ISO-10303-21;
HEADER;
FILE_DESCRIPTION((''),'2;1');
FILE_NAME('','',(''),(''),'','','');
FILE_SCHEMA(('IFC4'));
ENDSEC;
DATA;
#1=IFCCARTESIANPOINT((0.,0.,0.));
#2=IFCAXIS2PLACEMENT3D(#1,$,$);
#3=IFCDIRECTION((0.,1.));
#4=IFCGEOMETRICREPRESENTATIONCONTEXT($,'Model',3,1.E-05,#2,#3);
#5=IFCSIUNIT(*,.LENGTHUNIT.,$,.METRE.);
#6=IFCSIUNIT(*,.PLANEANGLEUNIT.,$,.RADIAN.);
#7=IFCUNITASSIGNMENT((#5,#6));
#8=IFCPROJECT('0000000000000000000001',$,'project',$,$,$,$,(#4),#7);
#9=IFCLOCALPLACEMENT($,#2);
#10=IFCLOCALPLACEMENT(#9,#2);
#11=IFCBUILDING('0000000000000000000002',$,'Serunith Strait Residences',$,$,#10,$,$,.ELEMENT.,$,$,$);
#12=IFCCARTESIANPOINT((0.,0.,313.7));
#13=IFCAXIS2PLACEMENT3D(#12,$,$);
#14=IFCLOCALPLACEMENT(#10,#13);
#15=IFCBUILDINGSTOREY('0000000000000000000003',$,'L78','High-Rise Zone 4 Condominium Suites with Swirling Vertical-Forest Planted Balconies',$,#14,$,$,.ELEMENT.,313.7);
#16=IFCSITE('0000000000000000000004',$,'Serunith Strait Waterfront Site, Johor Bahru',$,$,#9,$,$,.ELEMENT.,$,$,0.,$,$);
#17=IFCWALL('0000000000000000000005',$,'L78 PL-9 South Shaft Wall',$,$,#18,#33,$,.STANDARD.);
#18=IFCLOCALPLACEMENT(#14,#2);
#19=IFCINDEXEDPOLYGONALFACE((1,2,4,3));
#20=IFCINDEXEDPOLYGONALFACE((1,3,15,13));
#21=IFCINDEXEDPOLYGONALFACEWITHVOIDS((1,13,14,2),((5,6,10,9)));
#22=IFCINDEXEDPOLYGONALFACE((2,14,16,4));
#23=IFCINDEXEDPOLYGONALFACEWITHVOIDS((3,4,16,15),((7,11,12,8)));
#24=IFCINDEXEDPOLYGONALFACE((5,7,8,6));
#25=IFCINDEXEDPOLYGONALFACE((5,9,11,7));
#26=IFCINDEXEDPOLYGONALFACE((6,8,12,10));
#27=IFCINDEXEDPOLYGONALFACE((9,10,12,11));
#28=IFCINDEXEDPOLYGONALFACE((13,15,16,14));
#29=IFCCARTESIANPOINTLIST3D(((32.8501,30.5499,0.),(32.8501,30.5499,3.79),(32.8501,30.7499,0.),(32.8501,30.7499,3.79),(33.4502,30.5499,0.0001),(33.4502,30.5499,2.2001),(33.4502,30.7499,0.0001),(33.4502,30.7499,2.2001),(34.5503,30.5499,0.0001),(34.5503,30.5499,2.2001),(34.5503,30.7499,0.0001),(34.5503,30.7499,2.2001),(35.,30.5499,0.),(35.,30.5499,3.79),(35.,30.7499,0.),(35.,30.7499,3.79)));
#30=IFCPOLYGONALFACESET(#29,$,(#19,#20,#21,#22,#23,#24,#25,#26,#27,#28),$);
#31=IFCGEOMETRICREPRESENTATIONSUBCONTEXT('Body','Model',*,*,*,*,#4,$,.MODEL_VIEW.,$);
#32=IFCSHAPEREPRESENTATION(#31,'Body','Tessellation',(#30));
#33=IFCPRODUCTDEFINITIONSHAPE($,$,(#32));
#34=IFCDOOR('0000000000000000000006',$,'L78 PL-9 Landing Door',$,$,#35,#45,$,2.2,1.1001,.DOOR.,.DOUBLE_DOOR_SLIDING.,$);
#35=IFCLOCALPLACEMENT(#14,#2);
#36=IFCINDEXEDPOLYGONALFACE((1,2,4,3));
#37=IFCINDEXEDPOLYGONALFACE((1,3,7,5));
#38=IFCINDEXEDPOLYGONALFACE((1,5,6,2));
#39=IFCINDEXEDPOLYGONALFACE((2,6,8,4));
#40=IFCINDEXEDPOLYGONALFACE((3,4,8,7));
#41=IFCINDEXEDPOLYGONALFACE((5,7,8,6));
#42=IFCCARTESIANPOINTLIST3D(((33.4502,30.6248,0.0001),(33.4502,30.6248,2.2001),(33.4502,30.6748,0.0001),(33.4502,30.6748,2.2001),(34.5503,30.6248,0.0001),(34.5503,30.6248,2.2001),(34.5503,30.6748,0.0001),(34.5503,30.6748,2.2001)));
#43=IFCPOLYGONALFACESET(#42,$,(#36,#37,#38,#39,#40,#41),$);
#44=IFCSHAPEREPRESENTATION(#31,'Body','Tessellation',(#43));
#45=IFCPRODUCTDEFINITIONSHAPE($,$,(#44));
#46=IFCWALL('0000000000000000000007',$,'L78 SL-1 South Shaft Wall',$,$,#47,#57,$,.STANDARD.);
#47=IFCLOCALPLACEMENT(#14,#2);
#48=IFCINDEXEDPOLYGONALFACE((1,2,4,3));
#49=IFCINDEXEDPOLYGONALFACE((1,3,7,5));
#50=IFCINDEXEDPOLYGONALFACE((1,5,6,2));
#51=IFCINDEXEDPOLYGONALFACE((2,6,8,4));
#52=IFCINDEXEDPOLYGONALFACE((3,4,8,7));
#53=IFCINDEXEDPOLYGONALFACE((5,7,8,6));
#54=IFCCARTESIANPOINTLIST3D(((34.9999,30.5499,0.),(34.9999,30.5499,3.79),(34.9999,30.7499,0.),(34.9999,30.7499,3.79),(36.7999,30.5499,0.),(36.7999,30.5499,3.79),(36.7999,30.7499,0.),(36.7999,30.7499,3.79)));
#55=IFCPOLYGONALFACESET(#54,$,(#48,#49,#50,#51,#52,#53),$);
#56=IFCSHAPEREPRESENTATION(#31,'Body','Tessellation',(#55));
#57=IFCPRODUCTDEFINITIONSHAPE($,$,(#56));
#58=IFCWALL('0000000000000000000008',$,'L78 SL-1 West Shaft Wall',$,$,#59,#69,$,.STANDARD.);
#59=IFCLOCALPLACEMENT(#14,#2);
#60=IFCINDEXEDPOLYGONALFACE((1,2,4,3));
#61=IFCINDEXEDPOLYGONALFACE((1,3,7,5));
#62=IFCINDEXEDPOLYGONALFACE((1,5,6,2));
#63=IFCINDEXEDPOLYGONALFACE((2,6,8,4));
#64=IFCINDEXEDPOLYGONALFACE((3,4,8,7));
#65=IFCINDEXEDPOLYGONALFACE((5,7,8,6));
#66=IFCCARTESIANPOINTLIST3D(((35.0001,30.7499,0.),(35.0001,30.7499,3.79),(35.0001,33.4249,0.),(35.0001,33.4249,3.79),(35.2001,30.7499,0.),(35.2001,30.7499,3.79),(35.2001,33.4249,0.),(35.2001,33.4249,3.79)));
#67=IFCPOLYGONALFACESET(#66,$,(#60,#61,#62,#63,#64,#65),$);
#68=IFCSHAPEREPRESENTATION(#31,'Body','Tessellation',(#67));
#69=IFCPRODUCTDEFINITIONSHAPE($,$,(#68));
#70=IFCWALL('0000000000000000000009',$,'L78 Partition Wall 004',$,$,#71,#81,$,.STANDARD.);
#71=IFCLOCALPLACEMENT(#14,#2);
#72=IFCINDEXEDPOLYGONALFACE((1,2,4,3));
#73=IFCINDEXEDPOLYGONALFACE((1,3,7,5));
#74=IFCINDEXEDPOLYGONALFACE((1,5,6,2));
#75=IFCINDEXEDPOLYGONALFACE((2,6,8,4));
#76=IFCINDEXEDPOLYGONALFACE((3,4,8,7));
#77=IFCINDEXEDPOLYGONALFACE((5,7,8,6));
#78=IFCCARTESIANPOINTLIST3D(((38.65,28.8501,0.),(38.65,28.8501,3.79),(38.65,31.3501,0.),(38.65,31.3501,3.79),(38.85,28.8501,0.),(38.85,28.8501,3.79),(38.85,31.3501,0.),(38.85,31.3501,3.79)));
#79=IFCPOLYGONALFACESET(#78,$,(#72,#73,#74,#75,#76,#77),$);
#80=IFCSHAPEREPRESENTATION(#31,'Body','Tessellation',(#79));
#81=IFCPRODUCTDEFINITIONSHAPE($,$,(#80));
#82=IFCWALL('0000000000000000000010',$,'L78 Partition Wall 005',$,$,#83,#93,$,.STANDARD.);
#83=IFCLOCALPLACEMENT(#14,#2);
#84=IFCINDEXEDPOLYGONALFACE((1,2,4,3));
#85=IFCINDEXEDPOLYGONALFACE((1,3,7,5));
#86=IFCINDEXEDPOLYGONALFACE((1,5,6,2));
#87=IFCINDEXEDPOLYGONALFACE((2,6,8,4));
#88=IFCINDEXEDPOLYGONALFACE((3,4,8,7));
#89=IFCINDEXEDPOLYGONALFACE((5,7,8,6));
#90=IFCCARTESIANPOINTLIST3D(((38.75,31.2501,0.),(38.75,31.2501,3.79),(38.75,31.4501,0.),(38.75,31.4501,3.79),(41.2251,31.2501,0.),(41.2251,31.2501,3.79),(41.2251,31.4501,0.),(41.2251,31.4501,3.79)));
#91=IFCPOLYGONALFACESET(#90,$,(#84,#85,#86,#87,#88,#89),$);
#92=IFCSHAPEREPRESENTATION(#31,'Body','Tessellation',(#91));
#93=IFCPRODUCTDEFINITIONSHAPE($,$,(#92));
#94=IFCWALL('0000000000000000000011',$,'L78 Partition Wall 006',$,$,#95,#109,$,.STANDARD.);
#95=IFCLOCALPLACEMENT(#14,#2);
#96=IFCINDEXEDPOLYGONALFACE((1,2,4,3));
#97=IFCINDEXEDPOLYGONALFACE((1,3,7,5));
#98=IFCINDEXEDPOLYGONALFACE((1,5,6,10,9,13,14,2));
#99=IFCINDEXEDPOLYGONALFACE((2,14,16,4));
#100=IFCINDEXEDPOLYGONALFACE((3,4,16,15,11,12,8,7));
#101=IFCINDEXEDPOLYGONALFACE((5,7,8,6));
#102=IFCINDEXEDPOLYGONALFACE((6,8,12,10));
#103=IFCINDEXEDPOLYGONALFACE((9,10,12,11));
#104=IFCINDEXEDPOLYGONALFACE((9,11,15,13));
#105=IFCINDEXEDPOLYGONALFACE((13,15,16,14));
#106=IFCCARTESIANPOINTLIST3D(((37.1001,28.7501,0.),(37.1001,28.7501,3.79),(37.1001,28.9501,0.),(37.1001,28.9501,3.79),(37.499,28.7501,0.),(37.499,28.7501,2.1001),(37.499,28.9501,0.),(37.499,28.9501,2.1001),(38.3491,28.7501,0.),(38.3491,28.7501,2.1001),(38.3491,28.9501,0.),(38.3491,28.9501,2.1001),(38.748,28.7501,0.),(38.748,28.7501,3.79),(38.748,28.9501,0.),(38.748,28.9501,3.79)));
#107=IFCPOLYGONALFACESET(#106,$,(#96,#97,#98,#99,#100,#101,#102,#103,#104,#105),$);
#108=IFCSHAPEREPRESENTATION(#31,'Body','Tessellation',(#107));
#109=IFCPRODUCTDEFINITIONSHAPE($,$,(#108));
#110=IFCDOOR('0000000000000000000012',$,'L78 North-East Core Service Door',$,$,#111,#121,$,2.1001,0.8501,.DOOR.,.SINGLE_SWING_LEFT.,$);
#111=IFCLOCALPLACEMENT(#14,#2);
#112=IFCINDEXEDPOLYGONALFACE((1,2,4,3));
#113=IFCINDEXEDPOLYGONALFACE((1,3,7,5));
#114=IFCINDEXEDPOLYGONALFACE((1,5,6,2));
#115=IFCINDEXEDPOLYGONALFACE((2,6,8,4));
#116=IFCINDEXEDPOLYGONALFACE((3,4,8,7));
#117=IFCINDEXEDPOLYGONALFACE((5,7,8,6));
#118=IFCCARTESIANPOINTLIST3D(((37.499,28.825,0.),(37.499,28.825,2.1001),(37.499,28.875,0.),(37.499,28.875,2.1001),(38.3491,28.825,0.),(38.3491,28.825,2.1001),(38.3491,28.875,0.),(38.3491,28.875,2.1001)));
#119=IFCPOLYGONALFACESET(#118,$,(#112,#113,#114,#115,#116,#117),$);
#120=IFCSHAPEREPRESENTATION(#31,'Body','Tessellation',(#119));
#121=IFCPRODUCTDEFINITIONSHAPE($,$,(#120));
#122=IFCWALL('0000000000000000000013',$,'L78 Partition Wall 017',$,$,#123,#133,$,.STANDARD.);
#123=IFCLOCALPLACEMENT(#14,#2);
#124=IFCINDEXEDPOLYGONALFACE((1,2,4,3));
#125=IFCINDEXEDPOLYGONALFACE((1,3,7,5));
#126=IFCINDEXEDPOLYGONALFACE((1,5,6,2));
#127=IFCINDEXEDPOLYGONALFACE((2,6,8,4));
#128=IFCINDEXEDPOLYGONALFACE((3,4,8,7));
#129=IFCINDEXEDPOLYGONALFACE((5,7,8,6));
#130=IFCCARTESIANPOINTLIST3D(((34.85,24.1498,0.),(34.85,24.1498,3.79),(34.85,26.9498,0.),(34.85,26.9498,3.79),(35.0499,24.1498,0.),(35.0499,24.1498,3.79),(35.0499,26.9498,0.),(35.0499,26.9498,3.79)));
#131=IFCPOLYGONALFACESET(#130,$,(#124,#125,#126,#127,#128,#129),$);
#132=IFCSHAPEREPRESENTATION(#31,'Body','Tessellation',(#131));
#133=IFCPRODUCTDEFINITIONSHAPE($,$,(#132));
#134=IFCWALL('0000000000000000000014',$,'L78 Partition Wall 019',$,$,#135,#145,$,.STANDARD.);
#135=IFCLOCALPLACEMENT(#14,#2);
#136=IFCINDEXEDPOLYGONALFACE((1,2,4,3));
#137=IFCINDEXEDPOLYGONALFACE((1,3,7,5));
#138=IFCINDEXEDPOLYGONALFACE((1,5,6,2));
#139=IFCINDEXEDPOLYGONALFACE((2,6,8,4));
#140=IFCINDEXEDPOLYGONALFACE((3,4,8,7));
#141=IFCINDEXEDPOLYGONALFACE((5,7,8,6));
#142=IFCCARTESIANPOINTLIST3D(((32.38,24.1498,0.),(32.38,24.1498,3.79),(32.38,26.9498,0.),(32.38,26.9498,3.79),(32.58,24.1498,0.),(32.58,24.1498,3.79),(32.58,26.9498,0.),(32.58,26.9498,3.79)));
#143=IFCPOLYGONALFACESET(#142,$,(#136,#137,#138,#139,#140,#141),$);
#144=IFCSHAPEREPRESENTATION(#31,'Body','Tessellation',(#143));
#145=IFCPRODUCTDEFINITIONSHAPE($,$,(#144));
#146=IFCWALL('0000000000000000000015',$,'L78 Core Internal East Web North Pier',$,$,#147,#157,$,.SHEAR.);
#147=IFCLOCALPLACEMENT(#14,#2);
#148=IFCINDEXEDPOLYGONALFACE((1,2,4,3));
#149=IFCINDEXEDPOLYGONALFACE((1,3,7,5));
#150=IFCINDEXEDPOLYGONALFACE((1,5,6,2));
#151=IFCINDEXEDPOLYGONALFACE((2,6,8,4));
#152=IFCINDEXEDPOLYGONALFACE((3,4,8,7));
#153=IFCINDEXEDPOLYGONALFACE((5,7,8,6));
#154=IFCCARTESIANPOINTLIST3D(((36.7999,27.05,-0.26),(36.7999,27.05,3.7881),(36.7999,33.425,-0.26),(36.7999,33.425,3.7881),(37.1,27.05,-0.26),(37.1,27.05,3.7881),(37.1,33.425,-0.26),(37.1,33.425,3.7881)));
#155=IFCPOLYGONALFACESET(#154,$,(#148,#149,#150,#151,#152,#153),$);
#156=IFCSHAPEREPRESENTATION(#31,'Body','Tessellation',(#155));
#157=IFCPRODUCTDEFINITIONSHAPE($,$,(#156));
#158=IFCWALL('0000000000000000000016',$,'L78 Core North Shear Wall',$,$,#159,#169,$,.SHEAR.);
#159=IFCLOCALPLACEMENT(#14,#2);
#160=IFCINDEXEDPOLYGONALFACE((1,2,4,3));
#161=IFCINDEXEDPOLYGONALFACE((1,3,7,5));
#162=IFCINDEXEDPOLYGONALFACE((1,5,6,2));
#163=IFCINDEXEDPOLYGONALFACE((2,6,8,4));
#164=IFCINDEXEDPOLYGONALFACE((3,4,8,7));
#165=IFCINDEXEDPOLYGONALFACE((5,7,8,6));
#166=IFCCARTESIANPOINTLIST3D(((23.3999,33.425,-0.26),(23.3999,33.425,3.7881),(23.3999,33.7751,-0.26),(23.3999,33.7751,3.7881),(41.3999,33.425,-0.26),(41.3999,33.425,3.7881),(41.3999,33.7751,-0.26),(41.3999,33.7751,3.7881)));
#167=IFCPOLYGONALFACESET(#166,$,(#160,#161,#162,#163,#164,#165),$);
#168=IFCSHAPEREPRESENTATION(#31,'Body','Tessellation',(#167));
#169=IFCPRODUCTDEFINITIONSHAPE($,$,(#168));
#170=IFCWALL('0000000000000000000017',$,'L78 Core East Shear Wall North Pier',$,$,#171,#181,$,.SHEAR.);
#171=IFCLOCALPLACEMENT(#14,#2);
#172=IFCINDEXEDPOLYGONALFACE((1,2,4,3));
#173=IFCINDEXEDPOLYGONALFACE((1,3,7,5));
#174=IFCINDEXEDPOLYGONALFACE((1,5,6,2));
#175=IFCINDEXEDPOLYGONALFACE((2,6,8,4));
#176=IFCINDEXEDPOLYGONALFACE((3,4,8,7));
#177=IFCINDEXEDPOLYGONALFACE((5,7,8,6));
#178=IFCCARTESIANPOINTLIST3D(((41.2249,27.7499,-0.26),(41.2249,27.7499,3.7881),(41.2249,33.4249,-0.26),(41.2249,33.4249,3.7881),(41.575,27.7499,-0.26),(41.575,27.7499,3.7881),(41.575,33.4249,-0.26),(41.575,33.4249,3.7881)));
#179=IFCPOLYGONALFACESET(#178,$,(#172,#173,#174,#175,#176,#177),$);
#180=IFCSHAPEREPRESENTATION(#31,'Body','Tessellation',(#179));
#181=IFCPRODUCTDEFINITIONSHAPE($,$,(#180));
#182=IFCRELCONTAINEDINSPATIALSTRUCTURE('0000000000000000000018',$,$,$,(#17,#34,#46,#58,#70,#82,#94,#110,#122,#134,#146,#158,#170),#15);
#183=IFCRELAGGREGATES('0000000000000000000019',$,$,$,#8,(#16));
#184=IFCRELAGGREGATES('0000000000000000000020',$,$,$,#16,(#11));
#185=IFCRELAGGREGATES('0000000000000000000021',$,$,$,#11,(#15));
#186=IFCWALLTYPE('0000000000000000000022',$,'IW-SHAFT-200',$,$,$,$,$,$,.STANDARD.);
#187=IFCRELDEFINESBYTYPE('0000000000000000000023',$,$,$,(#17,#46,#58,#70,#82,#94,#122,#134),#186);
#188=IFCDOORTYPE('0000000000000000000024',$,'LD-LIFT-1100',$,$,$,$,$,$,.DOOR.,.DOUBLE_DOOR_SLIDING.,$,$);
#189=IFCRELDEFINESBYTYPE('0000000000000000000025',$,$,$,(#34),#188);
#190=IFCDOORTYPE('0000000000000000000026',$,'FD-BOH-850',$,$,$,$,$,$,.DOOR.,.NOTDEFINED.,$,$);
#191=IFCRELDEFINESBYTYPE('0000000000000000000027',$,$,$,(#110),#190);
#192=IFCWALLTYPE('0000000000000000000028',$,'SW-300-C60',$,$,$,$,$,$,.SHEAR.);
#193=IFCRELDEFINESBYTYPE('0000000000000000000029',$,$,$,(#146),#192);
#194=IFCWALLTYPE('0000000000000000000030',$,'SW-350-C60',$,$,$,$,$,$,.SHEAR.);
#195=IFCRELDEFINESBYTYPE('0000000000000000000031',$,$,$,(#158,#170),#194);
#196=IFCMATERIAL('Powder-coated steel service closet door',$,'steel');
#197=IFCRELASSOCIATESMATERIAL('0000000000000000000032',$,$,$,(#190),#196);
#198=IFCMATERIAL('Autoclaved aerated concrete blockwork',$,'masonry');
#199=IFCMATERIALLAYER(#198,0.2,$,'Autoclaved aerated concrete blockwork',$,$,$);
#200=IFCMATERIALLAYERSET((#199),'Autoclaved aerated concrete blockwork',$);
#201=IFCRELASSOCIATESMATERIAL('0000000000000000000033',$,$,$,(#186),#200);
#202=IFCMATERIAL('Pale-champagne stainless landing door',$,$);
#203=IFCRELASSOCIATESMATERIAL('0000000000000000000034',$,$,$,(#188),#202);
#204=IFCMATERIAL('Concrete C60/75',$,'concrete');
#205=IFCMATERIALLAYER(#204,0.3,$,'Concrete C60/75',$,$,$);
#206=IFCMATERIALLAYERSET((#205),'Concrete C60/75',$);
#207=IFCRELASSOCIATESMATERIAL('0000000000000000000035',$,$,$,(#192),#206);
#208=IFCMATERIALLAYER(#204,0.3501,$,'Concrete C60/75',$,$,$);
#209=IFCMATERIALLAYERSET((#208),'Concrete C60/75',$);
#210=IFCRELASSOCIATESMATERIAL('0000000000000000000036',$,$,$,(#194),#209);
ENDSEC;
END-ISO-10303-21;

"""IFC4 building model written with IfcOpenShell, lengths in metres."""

from ifc_helpers import new_model, si_unit, direction, frame, frame_2d, origin, place, context, subcontext, project, spatial, rectangle, extrude, source, transform, mapped, material, layer, layer_set, type_object, element, fill, save


model = new_model("IFC4")

# Units and contexts
model_context = context("Model", 3, precision=1e-05, world=origin(), true_north=direction((0.0, 1.0)))
body_context = subcontext(model_context, "Body", "Model", "MODEL_VIEW")
ifc_project = project(units=[si_unit("LENGTHUNIT", "METRE"), si_unit("PLANEANGLEUNIT", "RADIAN")], contexts=[model_context])

# Site, building, storey
site_placement = place(None, origin())
site = spatial("IfcSite", under=ifc_project, at=site_placement, Name="Serunith Strait Waterfront Site, Johor Bahru", CompositionType="ELEMENT", RefElevation=0.0)
building_placement = place(site_placement, origin())
building = spatial("IfcBuilding", under=site, at=building_placement, Name="Serunith Strait Residences", CompositionType="ELEMENT")
storey_placement = place(building_placement, frame((0.0, 0.0, 313.7)))
storey = spatial("IfcBuildingStorey", under=building, at=storey_placement, Name="L78", Description="High-Rise Zone 4 Condominium Suites with Swirling Vertical-Forest Planted Balconies", CompositionType="ELEMENT", Elevation=313.7)

# Shared definitions
ifc_material_1 = material(Name="Powder-coated steel service closet door", Category="steel")
door_type_1 = type_object("IfcDoorType", Name="FD-BOH-850", OperationType="NOTDEFINED", PredefinedType="DOOR", material=ifc_material_1)
shared_shape_1 = source(origin(), body_context, "Body", "SweptSolid", [
    extrude(rectangle(XDim=0.8501, YDim=2.1001, at=frame_2d((0.425, 1.05))), frame((0.0, 0.0249, 0.0), z_axis=(0.0, -1.0, 0.0), x_axis=(1.0, 0.0, 0.0)), (0.0, 0.0, 1.0), 0.05),
])

# Wall, opening, door
ifc_material_2 = material(Name="Autoclaved aerated concrete blockwork", Category="masonry")
ifc_layer_1 = layer(ifc_material_2, 0.2, Name="Autoclaved aerated concrete blockwork")
ifc_layer_set_1 = layer_set([ifc_layer_1], Name="Autoclaved aerated concrete blockwork")
wall_type_1 = type_object("IfcWallType", Name="IW-SHAFT-200", PredefinedType="STANDARD", material=ifc_layer_set_1)
wall_1_placement = place(storey_placement, frame((32.8501, 30.6499, 0.0), z_axis=(0.0, 0.0, 1.0), x_axis=(1.0, 0.0, 0.0)))
wall_1 = element("IfcWall", 1, at=wall_1_placement, inside=storey, type_object=wall_type_1, Name="L78 PL-9 South Shaft Wall", PredefinedType="STANDARD", context=body_context, shape_type="SweptSolid", body=[
    extrude(rectangle(XDim=2.1499, YDim=0.2, at=frame_2d((1.075, 0.0))), origin(), (0.0, 0.0, 1.0), 3.79),
])
opening_1_placement = place(wall_1_placement, frame((0.6001, 0.0, 0.0)))
opening_1 = element("IfcOpeningElement", 2, at=opening_1_placement, cuts=wall_1, PredefinedType="OPENING", context=body_context, shape_type="SweptSolid", body=[
    extrude(rectangle(XDim=1.1001, YDim=2.2, at=frame_2d((0.55, 1.1001))), frame((0.0, 0.1099, 0.0), z_axis=(0.0, -1.0, 0.0), x_axis=(1.0, 0.0, 0.0)), (0.0, 0.0, 1.0), 0.22),
])
ifc_material_3 = material(Name="Pale-champagne stainless landing door")
door_type_2 = type_object("IfcDoorType", Name="LD-LIFT-1100", OperationType="DOUBLE_DOOR_SLIDING", PredefinedType="DOOR", material=ifc_material_3)
shared_shape_2 = source(origin(), body_context, "Body", "SweptSolid", [
    extrude(rectangle(XDim=1.1001, YDim=2.2, at=frame_2d((0.55, 1.1001))), frame((0.0, 0.0249, 0.0), z_axis=(0.0, -1.0, 0.0), x_axis=(1.0, 0.0, 0.0)), (0.0, 0.0, 1.0), 0.05),
])
door_1_placement = place(opening_1_placement, origin())
door_1 = element("IfcDoor", 3, at=door_1_placement, inside=storey, type_object=door_type_2, Name="L78 PL-9 Landing Door", OperationType="DOUBLE_DOOR_SLIDING", OverallHeight=2.2, OverallWidth=1.1001, PredefinedType="DOOR", context=body_context, shape_type="MappedRepresentation", body=[
    mapped(shared_shape_2, transform((0.0, 0.0, 0.0), scale=1.0)),
])
fill(opening_1, door_1)

# Walls
wall_2_placement = place(storey_placement, frame((35.0, 30.6499, 0.0), z_axis=(0.0, 0.0, 1.0), x_axis=(1.0, 0.0, 0.0)))
element("IfcWall", 4, at=wall_2_placement, inside=storey, type_object=wall_type_1, Name="L78 SL-1 South Shaft Wall", PredefinedType="STANDARD", context=body_context, shape_type="SweptSolid", body=[
    extrude(rectangle(XDim=1.8, YDim=0.2, at=frame_2d((0.8999, 0.0))), origin(), (0.0, 0.0, 1.0), 3.79),
])
wall_3_placement = place(storey_placement, frame((35.1001, 30.75, 0.0), z_axis=(0.0, 0.0, 1.0), x_axis=(0.0, 1.0, 0.0)))
element("IfcWall", 5, at=wall_3_placement, inside=storey, type_object=wall_type_1, Name="L78 SL-1 West Shaft Wall", PredefinedType="STANDARD", context=body_context, shape_type="SweptSolid", body=[
    extrude(rectangle(XDim=2.675, YDim=0.2, at=frame_2d((1.3374, 0.0))), origin(), (0.0, 0.0, 1.0), 3.79),
])
wall_4_placement = place(storey_placement, frame((38.75, 28.8501, 0.0), z_axis=(0.0, 0.0, 1.0), x_axis=(0.0, 1.0, 0.0)))
element("IfcWall", 6, at=wall_4_placement, inside=storey, type_object=wall_type_1, Name="L78 Partition Wall 004", PredefinedType="STANDARD", context=body_context, shape_type="SweptSolid", body=[
    extrude(rectangle(XDim=2.5, YDim=0.2, at=frame_2d((1.25, 0.0))), origin(), (0.0, 0.0, 1.0), 3.79),
])
wall_5_placement = place(storey_placement, frame((38.75, 31.3501, 0.0), z_axis=(0.0, 0.0, 1.0), x_axis=(1.0, 0.0, 0.0)))
element("IfcWall", 7, at=wall_5_placement, inside=storey, type_object=wall_type_1, Name="L78 Partition Wall 005", PredefinedType="STANDARD", context=body_context, shape_type="SweptSolid", body=[
    extrude(rectangle(XDim=2.4751, YDim=0.2, at=frame_2d((1.2375, 0.0))), origin(), (0.0, 0.0, 1.0), 3.79),
])

# Wall, opening, door
wall_6_placement = place(storey_placement, frame((37.1001, 28.8501, 0.0), z_axis=(0.0, 0.0, 1.0), x_axis=(1.0, 0.0, 0.0)))
wall_6 = element("IfcWall", 8, at=wall_6_placement, inside=storey, type_object=wall_type_1, Name="L78 Partition Wall 006", PredefinedType="STANDARD", context=body_context, shape_type="SweptSolid", body=[
    extrude(rectangle(XDim=1.6479, YDim=0.2, at=frame_2d((0.824, 0.0))), origin(), (0.0, 0.0, 1.0), 3.79),
])
opening_2_placement = place(wall_6_placement, frame((0.3989, 0.0, 0.0)))
opening_2 = element("IfcOpeningElement", 9, at=opening_2_placement, cuts=wall_6, PredefinedType="OPENING", context=body_context, shape_type="SweptSolid", body=[
    extrude(rectangle(XDim=0.8501, YDim=2.1001, at=frame_2d((0.425, 1.05))), frame((0.0, 0.1099, 0.0), z_axis=(0.0, -1.0, 0.0), x_axis=(1.0, 0.0, 0.0)), (0.0, 0.0, 1.0), 0.22),
])
door_2_placement = place(opening_2_placement, origin())
door_2 = element("IfcDoor", 10, at=door_2_placement, inside=storey, type_object=door_type_1, Name="L78 North-East Core Service Door", OperationType="SINGLE_SWING_LEFT", OverallHeight=2.1001, OverallWidth=0.8501, PredefinedType="DOOR", context=body_context, shape_type="MappedRepresentation", body=[
    mapped(shared_shape_1, transform((0.0, 0.0, 0.0), scale=1.0)),
])
fill(opening_2, door_2)

# Walls
for number, where, z_axis, x_axis, name in (
    (11, (34.95, 24.1499, 0.0), (0.0, 0.0, 1.0), (0.0, 1.0, 0.0), "L78 Partition Wall 017"),
    (12, (32.48, 24.1499, 0.0), (0.0, 0.0, 1.0), (0.0, 1.0, 0.0), "L78 Partition Wall 019"),
):
    element("IfcWall", number, at=place(storey_placement, frame(where, z_axis=z_axis, x_axis=x_axis)), inside=storey, type_object=wall_type_1, Name=name, PredefinedType="STANDARD", context=body_context, shape_type="SweptSolid", body=[
        extrude(rectangle(XDim=2.8, YDim=0.2, at=frame_2d((1.3999, 0.0))), origin(), (0.0, 0.0, 1.0), 3.79),
    ])
ifc_material_4 = material(Name="Concrete C60/75", Category="concrete")
ifc_layer_2 = layer(ifc_material_4, 0.3, Name="Concrete C60/75")
ifc_layer_set_2 = layer_set([ifc_layer_2], Name="Concrete C60/75")
wall_type_2 = type_object("IfcWallType", Name="SW-300-C60", PredefinedType="SHEAR", material=ifc_layer_set_2)
wall_7_placement = place(storey_placement, frame((36.95, 27.05, -0.26), z_axis=(0.0, 0.0, 1.0), x_axis=(0.0, 1.0, 0.0)))
element("IfcWall", 13, at=wall_7_placement, inside=storey, type_object=wall_type_2, Name="L78 Core Internal East Web North Pier", PredefinedType="SHEAR", context=body_context, shape_type="SweptSolid", body=[
    extrude(rectangle(XDim=6.375, YDim=0.3, at=frame_2d((3.1875, 0.0))), origin(), (0.0, 0.0, 1.0), 4.0481),
])
ifc_layer_3 = layer(ifc_material_4, 0.3501, Name="Concrete C60/75")
ifc_layer_set_3 = layer_set([ifc_layer_3], Name="Concrete C60/75")
wall_type_3 = type_object("IfcWallType", Name="SW-350-C60", PredefinedType="SHEAR", material=ifc_layer_set_3)
wall_8_placement = place(storey_placement, frame((41.3999, 33.6001, -0.26), z_axis=(0.0, 0.0, 1.0), x_axis=(-1.0, 0.0, 0.0)))
element("IfcWall", 14, at=wall_8_placement, inside=storey, type_object=wall_type_3, Name="L78 Core North Shear Wall", PredefinedType="SHEAR", context=body_context, shape_type="SweptSolid", body=[
    extrude(rectangle(XDim=18.0, YDim=0.3501, at=frame_2d((9.0, 0.0))), origin(), (0.0, 0.0, 1.0), 4.0481),
])
wall_9_placement = place(storey_placement, frame((41.3999, 27.75, -0.26), z_axis=(0.0, 0.0, 1.0), x_axis=(0.0, 1.0, 0.0)))
element("IfcWall", 15, at=wall_9_placement, inside=storey, type_object=wall_type_3, Name="L78 Core East Shear Wall North Pier", PredefinedType="SHEAR", context=body_context, shape_type="SweptSolid", body=[
    extrude(rectangle(XDim=5.675, YDim=0.3501, at=frame_2d((2.8374, 0.0))), origin(), (0.0, 0.0, 1.0), 4.0481),
])

save(model, "model.ifc")
